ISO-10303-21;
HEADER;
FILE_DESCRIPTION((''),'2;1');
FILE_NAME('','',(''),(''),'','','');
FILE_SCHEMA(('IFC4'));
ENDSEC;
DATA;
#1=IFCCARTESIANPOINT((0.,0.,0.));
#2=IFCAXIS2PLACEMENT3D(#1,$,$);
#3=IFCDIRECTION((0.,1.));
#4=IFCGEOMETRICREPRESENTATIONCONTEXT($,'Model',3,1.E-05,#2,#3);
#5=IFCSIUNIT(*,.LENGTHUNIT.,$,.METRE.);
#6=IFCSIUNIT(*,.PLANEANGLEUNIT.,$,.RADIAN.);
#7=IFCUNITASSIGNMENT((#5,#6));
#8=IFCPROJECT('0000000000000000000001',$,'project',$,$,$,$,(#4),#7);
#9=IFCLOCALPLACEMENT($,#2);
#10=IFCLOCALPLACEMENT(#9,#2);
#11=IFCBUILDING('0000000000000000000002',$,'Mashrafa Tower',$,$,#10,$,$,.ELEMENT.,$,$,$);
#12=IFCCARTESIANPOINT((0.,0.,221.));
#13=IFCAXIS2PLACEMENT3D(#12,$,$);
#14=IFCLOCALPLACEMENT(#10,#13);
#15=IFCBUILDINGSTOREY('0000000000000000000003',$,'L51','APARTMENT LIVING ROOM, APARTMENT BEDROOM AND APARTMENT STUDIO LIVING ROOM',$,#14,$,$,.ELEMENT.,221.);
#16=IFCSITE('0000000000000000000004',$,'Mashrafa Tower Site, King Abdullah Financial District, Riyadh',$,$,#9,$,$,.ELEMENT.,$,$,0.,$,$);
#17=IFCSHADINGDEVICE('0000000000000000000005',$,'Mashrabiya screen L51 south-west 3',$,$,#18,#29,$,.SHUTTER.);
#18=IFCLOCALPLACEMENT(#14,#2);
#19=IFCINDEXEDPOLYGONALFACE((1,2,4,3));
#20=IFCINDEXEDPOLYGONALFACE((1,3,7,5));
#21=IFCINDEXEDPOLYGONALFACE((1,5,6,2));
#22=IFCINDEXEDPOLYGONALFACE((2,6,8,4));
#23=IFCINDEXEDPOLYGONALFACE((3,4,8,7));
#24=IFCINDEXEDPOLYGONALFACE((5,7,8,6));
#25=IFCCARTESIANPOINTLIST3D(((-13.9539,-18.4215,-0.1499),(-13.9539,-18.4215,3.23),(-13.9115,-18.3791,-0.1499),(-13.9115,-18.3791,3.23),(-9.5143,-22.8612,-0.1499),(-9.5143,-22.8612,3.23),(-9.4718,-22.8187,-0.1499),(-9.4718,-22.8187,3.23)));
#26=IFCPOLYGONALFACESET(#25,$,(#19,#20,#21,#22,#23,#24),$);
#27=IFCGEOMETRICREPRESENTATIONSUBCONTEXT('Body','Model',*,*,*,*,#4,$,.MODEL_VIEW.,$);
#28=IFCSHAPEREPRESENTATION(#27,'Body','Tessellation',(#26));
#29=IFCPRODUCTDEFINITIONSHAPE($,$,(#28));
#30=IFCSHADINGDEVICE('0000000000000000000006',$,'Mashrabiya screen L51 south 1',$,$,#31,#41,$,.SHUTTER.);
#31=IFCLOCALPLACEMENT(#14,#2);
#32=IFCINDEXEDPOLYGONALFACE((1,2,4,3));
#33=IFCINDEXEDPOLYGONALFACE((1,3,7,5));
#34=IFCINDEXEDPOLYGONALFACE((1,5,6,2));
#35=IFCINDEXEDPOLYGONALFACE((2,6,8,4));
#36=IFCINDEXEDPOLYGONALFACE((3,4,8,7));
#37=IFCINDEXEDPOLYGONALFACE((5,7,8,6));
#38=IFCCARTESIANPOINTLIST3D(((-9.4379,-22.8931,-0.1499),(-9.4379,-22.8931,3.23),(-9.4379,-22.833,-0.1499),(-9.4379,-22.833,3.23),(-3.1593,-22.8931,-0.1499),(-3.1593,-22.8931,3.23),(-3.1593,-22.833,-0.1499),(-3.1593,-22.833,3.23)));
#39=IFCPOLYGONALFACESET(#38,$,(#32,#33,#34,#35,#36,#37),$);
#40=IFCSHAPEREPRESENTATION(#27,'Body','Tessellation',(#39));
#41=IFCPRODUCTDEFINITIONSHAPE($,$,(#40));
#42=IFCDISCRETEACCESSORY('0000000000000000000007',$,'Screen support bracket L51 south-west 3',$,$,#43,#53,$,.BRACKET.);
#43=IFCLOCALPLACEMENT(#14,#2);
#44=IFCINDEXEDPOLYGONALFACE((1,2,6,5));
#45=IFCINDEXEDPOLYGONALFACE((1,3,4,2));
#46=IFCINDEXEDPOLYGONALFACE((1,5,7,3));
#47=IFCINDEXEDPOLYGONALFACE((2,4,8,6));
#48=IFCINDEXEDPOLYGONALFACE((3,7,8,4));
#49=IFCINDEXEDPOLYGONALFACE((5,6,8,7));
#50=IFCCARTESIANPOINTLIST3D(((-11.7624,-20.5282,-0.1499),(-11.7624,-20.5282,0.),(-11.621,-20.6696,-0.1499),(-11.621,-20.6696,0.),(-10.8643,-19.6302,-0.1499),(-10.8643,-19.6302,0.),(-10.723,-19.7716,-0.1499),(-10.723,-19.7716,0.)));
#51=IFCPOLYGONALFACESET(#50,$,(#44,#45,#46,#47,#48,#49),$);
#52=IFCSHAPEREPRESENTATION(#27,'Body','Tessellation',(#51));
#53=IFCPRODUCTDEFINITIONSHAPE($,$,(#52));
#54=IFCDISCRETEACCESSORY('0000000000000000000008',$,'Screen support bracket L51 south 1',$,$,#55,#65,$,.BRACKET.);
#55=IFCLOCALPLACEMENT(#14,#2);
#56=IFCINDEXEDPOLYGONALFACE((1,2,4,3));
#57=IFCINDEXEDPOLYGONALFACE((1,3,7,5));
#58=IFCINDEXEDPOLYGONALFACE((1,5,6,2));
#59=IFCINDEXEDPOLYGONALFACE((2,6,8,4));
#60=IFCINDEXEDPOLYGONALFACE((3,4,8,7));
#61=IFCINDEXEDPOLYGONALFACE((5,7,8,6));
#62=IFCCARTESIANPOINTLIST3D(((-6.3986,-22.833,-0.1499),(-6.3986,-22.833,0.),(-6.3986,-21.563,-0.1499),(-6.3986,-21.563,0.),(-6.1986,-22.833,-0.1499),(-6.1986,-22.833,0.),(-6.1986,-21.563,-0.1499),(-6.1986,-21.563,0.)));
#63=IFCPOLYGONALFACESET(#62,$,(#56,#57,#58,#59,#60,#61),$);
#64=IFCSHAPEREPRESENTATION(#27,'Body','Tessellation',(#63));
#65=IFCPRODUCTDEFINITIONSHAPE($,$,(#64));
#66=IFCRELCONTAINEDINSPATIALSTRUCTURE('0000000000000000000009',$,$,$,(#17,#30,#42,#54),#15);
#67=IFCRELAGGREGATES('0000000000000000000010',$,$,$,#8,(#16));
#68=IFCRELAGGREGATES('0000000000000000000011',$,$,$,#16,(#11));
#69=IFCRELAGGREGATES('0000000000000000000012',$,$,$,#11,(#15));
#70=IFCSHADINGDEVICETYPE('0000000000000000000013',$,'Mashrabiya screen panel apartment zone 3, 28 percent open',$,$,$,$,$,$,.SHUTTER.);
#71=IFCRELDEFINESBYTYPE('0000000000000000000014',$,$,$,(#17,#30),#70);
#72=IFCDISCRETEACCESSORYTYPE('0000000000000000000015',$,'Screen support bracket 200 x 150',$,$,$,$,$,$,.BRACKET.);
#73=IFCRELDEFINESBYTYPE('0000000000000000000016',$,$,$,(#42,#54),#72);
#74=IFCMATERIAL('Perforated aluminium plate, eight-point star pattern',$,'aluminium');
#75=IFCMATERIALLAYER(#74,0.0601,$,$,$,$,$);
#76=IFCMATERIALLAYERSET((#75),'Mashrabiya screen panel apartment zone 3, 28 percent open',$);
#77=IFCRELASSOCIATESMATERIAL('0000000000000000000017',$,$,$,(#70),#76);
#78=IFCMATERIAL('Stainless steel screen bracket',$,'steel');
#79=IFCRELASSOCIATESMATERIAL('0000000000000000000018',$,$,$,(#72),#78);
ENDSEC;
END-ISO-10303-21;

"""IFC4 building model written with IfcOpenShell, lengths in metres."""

from ifc_helpers import new_model, si_unit, direction, frame, origin, origin_2d, place, context, subcontext, project, spatial, rectangle, extrude, source, transform, mapped, material, layer, layer_set, type_object, type_shapes, element, save


model = new_model("IFC4")

# Units and contexts
model_context = context("Model", 3, precision=1e-05, world=origin(), true_north=direction((0.0, 1.0)))
body_context = subcontext(model_context, "Body", "Model", "MODEL_VIEW")
ifc_project = project(units=[si_unit("LENGTHUNIT", "METRE"), si_unit("PLANEANGLEUNIT", "RADIAN")], contexts=[model_context])

# Site, building, storey
site_placement = place(None, origin())
site = spatial("IfcSite", under=ifc_project, at=site_placement, Name="Mashrafa Tower Site, King Abdullah Financial District, Riyadh", CompositionType="ELEMENT", RefElevation=0.0)
building_placement = place(site_placement, origin())
building = spatial("IfcBuilding", under=site, at=building_placement, Name="Mashrafa Tower", CompositionType="ELEMENT")
storey_placement = place(building_placement, frame((0.0, 0.0, 221.0)))
storey = spatial("IfcBuildingStorey", under=building, at=storey_placement, Name="L51", Description="APARTMENT LIVING ROOM, APARTMENT BEDROOM AND APARTMENT STUDIO LIVING ROOM", CompositionType="ELEMENT", Elevation=221.0)

# Shading devices
ifc_material_1 = material(Name="Perforated aluminium plate, eight-point star pattern", Category="aluminium")
ifc_layer_1 = layer(ifc_material_1, 0.0601)
ifc_layer_set_1 = layer_set([ifc_layer_1], Name="Mashrabiya screen panel apartment zone 3, 28 percent open")
shading_device_type = type_object("IfcShadingDeviceType", Name="Mashrabiya screen panel apartment zone 3, 28 percent open", PredefinedType="SHUTTER", material=ifc_layer_set_1)
shared_shape_1 = source(origin(), body_context, "Body", "SweptSolid", [
    extrude(rectangle(XDim=6.2786, YDim=0.0601, at=origin_2d()), origin(), (0.0, 0.0, 1.0), 3.3799),
])
type_shapes(shading_device_type, [shared_shape_1])
for number, where, z_axis, x_axis, name in (
    (1, (-11.7129, -20.6201, -0.1499), (0.0, 0.0, 1.0), (0.707107, -0.707107, 0.0), "Mashrabiya screen L51 south-west 3"),
    (2, (-6.2986, -22.863, -0.1499), (0.0, 0.0, 1.0), (1.0, 0.0, 0.0), "Mashrabiya screen L51 south 1"),
):
    element("IfcShadingDevice", number, at=place(storey_placement, frame(where, z_axis=z_axis, x_axis=x_axis)), inside=storey, type_object=shading_device_type, Name=name, PredefinedType="SHUTTER", context=body_context, shape_type="MappedRepresentation", body=[
        mapped(shared_shape_1, transform((0.0, 0.0, 0.0))),
    ])

# Discrete accessories
ifc_material_2 = material(Name="Stainless steel screen bracket", Category="steel")
discrete_accessory_type = type_object("IfcDiscreteAccessoryType", Name="Screen support bracket 200 x 150", PredefinedType="BRACKET", material=ifc_material_2)
shared_shape_2 = source(origin(), body_context, "Body", "SweptSolid", [
    extrude(rectangle(XDim=0.2, YDim=1.27, at=origin_2d()), origin(), (0.0, 0.0, 1.0), 0.1499),
])
type_shapes(discrete_accessory_type, [shared_shape_2])
for number, where, z_axis, x_axis, name in (
    (3, (-11.2427, -20.1499, -0.1499), (0.0, 0.0, 1.0), (0.707107, -0.707107, 0.0), "Screen support bracket L51 south-west 3"),
    (4, (-6.2986, -22.198, -0.1499), (0.0, 0.0, 1.0), (1.0, 0.0, 0.0), "Screen support bracket L51 south 1"),
):
    element("IfcDiscreteAccessory", number, at=place(storey_placement, frame(where, z_axis=z_axis, x_axis=x_axis)), inside=storey, type_object=discrete_accessory_type, Name=name, PredefinedType="BRACKET", context=body_context, shape_type="MappedRepresentation", body=[
        mapped(shared_shape_2, transform((0.0, 0.0, 0.0))),
    ])

save(model, "model.ifc")
